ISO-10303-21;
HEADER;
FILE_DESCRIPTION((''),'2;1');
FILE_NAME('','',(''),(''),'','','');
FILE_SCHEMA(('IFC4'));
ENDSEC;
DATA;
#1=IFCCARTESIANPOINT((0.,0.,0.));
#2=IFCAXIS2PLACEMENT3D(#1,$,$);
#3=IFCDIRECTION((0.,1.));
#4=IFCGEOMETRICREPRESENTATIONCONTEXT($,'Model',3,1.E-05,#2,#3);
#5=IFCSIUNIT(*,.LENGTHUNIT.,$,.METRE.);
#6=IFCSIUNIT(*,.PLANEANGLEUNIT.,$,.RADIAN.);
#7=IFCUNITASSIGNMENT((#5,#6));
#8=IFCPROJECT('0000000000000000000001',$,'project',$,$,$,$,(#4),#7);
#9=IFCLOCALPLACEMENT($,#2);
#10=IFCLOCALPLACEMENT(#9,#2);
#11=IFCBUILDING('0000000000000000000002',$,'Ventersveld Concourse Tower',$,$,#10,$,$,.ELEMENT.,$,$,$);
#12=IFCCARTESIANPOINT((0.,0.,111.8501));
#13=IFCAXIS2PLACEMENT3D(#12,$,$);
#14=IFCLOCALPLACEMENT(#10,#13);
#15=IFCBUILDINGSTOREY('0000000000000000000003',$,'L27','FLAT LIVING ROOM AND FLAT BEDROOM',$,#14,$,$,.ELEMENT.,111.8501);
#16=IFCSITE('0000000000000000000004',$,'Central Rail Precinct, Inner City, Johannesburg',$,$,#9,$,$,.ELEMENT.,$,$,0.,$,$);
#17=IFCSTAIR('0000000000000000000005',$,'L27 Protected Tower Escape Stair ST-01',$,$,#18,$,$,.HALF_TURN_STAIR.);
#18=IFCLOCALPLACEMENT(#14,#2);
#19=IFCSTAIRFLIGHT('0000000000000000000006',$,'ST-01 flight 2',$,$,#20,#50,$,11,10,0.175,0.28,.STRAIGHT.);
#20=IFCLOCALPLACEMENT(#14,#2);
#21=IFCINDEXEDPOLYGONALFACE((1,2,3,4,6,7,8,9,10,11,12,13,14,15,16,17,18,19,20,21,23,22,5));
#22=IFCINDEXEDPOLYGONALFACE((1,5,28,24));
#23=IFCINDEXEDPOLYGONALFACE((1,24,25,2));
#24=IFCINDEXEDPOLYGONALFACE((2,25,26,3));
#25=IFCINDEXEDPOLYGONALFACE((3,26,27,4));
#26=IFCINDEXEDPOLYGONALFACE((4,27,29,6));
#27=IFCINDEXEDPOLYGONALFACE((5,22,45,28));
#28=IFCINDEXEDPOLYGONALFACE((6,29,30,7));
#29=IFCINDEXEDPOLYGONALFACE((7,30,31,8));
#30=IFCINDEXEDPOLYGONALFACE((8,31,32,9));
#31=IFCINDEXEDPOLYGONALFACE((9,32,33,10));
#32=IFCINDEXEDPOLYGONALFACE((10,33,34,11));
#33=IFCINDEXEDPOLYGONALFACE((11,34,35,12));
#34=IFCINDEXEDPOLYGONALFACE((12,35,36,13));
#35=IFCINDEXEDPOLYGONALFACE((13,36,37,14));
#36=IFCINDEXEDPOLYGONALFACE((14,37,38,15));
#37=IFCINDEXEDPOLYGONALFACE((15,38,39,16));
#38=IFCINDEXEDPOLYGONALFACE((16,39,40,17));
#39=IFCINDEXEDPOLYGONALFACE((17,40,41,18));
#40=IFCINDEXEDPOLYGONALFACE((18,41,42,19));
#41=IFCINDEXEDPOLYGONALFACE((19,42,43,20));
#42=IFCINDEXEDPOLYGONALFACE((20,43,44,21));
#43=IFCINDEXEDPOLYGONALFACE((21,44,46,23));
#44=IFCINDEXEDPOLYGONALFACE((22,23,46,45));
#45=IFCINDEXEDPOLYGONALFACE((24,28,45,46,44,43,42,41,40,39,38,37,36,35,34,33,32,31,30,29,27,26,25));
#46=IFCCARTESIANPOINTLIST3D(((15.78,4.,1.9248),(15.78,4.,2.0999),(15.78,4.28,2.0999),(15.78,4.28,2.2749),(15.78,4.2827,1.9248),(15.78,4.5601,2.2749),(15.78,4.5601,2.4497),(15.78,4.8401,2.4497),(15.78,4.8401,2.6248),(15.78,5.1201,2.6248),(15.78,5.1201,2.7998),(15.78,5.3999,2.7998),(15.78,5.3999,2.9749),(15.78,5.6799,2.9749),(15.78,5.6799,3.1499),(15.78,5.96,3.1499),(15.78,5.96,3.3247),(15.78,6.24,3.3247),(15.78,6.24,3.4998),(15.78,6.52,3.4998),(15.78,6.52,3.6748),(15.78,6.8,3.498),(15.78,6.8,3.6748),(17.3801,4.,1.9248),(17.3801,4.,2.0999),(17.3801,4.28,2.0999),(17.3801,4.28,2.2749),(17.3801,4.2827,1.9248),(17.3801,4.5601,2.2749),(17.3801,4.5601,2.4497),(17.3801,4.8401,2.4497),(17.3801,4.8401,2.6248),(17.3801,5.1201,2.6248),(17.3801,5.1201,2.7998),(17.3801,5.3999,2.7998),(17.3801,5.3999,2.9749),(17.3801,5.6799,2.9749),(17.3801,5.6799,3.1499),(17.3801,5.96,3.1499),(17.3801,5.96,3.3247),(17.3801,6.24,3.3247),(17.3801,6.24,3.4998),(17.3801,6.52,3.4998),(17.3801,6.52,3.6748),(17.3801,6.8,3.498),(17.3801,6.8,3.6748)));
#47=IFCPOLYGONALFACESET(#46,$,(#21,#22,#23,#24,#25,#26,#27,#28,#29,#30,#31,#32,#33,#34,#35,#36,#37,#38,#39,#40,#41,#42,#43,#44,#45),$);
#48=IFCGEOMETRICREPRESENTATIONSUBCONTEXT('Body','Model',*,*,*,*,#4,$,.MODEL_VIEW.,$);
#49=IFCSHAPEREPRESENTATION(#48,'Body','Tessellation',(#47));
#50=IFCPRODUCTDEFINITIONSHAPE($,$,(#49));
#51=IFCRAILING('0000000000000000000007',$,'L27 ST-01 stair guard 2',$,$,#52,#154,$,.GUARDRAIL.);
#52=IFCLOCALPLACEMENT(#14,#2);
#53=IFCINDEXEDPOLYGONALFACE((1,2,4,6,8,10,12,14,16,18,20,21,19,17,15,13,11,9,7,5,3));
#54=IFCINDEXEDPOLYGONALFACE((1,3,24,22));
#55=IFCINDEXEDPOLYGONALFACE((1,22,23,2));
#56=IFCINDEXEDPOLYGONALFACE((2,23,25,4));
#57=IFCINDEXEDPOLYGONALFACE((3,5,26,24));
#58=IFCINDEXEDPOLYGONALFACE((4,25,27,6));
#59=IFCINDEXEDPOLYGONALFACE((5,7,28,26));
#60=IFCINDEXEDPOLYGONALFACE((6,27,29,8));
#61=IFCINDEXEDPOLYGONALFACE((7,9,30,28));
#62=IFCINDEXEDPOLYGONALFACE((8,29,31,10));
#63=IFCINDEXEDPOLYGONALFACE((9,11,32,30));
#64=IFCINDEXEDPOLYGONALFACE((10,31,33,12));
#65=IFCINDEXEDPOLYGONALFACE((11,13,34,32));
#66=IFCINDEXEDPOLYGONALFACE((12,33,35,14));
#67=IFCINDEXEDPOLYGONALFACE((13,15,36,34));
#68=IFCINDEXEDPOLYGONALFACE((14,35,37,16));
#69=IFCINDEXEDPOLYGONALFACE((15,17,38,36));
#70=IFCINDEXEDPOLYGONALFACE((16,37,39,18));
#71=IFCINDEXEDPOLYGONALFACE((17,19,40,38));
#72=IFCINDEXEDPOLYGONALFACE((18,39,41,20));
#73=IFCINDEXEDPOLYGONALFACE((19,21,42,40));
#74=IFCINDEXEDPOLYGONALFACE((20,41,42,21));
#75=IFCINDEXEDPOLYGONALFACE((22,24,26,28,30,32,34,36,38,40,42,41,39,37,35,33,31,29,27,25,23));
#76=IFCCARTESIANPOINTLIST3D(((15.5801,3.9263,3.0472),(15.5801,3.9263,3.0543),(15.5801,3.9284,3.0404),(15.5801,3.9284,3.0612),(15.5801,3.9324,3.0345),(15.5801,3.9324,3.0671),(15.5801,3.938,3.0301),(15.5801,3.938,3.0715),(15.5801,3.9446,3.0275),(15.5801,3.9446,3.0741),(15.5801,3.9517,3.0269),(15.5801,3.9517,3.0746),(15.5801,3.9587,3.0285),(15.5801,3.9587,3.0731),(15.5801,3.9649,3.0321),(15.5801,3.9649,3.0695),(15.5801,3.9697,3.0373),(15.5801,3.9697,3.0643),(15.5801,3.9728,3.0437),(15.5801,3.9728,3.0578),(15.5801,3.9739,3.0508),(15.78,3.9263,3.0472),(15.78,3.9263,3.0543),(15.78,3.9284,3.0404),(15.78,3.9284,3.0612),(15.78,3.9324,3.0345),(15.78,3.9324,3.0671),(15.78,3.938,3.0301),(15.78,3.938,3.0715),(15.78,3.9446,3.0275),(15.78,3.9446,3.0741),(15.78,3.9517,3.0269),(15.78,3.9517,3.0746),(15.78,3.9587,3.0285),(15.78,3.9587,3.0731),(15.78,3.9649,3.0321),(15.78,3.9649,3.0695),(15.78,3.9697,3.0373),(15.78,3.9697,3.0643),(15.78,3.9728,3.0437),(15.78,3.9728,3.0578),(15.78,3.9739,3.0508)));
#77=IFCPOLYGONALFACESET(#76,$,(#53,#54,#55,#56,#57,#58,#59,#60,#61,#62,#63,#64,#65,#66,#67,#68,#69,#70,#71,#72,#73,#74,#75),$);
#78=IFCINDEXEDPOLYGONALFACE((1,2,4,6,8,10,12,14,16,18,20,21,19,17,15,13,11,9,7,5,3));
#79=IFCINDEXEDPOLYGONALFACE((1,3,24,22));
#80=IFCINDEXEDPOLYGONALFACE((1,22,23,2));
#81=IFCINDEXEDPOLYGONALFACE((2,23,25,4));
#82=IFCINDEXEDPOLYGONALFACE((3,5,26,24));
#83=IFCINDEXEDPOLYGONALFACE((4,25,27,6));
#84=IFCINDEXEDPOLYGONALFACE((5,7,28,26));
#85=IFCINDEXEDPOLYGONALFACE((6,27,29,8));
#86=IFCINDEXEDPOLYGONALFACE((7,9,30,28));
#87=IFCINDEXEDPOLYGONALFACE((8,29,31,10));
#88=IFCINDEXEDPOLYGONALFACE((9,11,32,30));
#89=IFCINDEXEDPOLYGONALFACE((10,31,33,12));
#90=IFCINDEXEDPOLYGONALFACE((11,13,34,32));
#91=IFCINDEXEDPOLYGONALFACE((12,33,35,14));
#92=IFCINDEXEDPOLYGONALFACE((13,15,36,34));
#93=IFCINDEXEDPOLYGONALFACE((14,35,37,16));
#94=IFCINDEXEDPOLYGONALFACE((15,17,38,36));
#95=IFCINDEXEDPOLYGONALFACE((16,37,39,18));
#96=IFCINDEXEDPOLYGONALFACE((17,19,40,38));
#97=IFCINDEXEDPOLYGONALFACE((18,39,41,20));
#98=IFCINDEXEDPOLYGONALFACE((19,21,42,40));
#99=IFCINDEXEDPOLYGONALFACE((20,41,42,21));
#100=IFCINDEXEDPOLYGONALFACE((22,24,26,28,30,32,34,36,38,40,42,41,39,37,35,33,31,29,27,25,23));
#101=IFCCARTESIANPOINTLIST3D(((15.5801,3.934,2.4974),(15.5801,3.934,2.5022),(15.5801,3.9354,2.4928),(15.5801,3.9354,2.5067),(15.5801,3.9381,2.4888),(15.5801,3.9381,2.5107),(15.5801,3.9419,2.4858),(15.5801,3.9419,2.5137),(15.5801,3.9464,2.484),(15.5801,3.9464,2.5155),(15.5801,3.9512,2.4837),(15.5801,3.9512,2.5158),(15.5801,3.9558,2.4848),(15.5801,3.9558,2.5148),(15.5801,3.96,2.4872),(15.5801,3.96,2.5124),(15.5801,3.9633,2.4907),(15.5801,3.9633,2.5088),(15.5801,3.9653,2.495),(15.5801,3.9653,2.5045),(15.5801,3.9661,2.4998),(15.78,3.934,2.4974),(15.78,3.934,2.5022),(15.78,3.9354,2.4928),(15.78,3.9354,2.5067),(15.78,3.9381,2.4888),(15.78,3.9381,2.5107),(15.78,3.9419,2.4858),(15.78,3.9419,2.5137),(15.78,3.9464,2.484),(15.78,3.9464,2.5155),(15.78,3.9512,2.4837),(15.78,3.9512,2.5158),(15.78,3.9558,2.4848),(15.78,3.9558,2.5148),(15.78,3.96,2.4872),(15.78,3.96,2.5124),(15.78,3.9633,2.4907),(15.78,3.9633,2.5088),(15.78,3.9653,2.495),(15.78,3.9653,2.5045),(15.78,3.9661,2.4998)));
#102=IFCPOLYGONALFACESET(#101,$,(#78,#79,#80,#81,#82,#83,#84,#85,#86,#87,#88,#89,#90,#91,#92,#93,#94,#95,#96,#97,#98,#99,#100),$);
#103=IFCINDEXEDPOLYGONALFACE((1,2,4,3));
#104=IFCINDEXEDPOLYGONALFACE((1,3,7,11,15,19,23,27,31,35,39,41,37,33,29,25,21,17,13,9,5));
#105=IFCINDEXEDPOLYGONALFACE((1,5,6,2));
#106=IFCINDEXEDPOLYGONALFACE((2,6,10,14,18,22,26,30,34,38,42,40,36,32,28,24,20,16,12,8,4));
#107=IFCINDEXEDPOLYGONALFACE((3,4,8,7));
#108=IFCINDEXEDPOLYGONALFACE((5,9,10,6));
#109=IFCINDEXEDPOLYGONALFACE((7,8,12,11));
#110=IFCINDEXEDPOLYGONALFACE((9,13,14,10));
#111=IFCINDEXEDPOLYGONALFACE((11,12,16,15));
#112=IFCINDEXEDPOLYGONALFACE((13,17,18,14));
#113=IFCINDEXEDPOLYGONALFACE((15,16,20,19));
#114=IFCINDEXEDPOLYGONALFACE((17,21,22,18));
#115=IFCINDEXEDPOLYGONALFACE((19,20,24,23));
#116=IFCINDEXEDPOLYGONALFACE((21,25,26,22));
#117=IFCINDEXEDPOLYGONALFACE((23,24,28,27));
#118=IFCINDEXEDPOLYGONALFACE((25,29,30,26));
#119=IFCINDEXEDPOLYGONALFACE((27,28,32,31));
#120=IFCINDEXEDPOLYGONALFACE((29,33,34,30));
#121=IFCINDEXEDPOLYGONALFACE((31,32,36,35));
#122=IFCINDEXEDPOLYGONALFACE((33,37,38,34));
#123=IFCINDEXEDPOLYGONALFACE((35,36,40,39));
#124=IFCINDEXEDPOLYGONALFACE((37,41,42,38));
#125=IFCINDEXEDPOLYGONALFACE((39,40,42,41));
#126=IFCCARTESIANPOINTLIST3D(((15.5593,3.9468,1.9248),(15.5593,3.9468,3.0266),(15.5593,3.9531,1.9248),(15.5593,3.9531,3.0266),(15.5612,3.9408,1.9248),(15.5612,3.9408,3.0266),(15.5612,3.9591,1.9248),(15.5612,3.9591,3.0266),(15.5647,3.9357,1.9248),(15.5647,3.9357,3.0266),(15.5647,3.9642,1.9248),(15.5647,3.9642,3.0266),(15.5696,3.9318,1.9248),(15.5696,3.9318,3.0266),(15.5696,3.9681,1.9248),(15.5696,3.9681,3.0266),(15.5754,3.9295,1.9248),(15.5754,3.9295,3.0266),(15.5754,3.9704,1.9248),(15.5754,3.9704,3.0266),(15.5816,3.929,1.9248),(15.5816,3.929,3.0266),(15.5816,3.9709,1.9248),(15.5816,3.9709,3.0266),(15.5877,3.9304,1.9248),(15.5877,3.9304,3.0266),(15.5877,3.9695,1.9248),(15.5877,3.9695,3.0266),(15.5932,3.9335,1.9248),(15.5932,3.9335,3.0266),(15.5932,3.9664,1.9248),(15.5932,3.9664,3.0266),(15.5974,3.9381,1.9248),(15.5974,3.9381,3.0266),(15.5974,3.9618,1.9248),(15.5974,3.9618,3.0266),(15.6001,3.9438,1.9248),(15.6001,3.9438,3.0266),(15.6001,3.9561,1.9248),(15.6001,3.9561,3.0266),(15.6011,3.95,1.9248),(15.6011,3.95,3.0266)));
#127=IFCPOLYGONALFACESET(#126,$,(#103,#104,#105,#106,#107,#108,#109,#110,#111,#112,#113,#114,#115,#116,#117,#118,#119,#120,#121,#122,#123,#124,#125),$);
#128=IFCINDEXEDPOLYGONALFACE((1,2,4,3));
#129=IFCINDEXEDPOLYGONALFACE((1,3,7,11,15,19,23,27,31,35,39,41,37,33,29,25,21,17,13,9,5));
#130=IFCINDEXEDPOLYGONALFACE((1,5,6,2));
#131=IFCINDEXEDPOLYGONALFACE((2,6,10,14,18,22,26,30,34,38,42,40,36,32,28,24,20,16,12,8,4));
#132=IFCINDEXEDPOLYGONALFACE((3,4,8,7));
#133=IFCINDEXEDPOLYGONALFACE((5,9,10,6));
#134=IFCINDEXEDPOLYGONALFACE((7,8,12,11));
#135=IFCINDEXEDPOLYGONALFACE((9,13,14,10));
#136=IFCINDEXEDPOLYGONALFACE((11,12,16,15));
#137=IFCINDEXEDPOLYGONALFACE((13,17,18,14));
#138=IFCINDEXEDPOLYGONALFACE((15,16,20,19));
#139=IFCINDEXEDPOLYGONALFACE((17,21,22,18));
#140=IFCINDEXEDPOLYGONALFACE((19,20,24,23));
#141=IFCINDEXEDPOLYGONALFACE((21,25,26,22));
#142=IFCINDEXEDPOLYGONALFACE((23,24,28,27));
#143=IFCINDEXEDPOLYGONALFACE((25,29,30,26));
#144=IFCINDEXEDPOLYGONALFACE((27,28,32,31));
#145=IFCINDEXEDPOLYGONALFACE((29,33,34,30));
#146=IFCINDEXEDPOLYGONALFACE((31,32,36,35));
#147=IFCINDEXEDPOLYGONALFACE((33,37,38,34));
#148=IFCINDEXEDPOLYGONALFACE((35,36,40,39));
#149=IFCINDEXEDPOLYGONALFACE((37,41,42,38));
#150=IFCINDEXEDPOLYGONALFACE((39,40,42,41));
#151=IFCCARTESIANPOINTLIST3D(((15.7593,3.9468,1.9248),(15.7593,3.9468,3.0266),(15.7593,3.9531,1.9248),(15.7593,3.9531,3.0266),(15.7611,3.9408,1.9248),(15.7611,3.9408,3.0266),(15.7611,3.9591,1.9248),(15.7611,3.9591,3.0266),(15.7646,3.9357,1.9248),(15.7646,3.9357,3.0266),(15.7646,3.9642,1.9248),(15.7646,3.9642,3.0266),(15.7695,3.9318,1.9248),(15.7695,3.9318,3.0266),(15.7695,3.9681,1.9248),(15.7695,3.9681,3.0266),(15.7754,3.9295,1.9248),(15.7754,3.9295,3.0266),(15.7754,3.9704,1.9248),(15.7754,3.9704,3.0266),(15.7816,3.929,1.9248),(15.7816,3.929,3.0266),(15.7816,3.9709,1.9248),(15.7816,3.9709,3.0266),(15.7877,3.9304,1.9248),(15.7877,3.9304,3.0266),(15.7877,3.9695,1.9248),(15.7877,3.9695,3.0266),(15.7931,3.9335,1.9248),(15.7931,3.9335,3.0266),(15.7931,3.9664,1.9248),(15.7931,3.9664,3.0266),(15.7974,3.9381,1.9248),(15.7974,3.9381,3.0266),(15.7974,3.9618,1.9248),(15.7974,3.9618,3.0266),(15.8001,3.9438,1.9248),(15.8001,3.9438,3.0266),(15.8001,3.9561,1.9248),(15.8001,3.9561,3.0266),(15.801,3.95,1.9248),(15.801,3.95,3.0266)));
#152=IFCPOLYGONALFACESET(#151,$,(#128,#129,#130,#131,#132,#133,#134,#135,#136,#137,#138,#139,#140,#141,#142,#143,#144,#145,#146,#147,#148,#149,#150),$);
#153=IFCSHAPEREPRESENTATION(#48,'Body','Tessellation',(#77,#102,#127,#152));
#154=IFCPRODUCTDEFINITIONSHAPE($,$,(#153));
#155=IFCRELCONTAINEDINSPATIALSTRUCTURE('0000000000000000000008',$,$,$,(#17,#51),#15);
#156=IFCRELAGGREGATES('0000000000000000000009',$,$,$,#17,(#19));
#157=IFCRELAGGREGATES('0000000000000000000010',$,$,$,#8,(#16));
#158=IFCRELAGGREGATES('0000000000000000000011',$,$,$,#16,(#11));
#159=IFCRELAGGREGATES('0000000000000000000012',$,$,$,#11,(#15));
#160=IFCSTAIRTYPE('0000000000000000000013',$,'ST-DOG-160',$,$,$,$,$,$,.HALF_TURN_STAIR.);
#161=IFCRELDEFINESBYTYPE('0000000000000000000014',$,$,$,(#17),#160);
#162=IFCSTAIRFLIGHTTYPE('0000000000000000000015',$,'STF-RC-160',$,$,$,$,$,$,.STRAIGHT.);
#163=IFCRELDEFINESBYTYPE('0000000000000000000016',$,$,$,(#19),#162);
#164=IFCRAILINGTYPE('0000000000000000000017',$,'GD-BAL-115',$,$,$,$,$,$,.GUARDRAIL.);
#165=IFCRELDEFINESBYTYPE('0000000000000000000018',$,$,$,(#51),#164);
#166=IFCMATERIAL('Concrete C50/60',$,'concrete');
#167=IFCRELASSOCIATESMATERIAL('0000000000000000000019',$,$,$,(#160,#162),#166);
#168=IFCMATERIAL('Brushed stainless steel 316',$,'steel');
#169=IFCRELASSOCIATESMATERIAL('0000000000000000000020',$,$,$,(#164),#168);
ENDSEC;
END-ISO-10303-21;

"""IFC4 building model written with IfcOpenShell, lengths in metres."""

from ifc_helpers import new_model, si_unit, direction, frame, origin, origin_2d, place, context, subcontext, project, spatial, polyline, circle, outline, extrude, material, type_object, element, aggregate, save


model = new_model("IFC4")

# Units and contexts
model_context = context("Model", 3, precision=1e-05, world=origin(), true_north=direction((0.0, 1.0)))
body_context = subcontext(model_context, "Body", "Model", "MODEL_VIEW")
ifc_project = project(units=[si_unit("LENGTHUNIT", "METRE"), si_unit("PLANEANGLEUNIT", "RADIAN")], contexts=[model_context])

# Site, building, storey
site_placement = place(None, origin())
site = spatial("IfcSite", under=ifc_project, at=site_placement, Name="Central Rail Precinct, Inner City, Johannesburg", CompositionType="ELEMENT", RefElevation=0.0)
building_placement = place(site_placement, origin())
building = spatial("IfcBuilding", under=site, at=building_placement, Name="Ventersveld Concourse Tower", CompositionType="ELEMENT")
storey_placement = place(building_placement, frame((0.0, 0.0, 111.8501)))
storey = spatial("IfcBuildingStorey", under=building, at=storey_placement, Name="L27", Description="FLAT LIVING ROOM AND FLAT BEDROOM", CompositionType="ELEMENT", Elevation=111.8501)

# Shared definitions
ifc_material_1 = material(Name="Concrete C50/60", Category="concrete")

# Shared definitions
ifc_material_2 = material(Name="Brushed stainless steel 316", Category="steel")

# Stair, stair flight
stair_type = type_object("IfcStairType", Name="ST-DOG-160", PredefinedType="HALF_TURN_STAIR", material=ifc_material_1)
stair_placement = place(storey_placement, origin())
stair = element("IfcStair", 1, at=stair_placement, inside=storey, type_object=stair_type, Name="L27 Protected Tower Escape Stair ST-01", PredefinedType="HALF_TURN_STAIR")
stair_flight_type = type_object("IfcStairFlightType", Name="STF-RC-160", PredefinedType="STRAIGHT", material=ifc_material_1)
stair_flight_placement = place(storey_placement, frame((16.5801, 4.0, 1.9248), z_axis=(0.0, 0.0, 1.0), x_axis=(0.0, 1.0, 0.0)))
stair_flight = element("IfcStairFlight", 2, at=stair_flight_placement, type_object=stair_flight_type, Name="ST-01 flight 2", NumberOfRisers=11, NumberOfTreads=10, PredefinedType="STRAIGHT", RiserHeight=0.175, TreadLength=0.28, context=body_context, shape_type="SweptSolid", body=[
    extrude(outline(polyline([(0.0, 0.0), (0.0, 0.175), (0.28, 0.175), (0.28, 0.3501), (0.5601, 0.3501), (0.5601, 0.5249), (0.8401, 0.5249), (0.8401, 0.7), (1.1201, 0.7), (1.1201, 0.875), (1.3999, 0.875), (1.3999, 1.05), (1.6799, 1.05), (1.6799, 1.2251), (1.96, 1.2251), (1.96, 1.3999), (2.24, 1.3999), (2.24, 1.575), (2.52, 1.575), (2.52, 1.75), (2.8, 1.75), (2.8, 1.925), (2.8, 1.5732), (0.2827, 0.0), (0.0, 0.0)])), frame((0.0, 0.8, 0.0), z_axis=(0.0, -1.0, 0.0), x_axis=(1.0, 0.0, 0.0)), (0.0, 0.0, 1.0), 1.6001),
])
aggregate(stair, [stair_flight])

# Railing
railing_type_1 = type_object("IfcRailingType", Name="GD-BAL-115", PredefinedType="GUARDRAIL", material=ifc_material_2)
railing_1_placement = place(storey_placement, frame((15.5801, 3.95, 1.9248)))
element("IfcRailing", 3, at=railing_1_placement, inside=storey, type_object=railing_type_1, Name="L27 ST-01 stair guard 2", PredefinedType="GUARDRAIL", context=body_context, shape_type="SweptSolid", body=[
    extrude(circle(Radius=0.0239, at=origin_2d()), frame((0.0, 0.0, 1.126), z_axis=(1.0, 0.0, 0.0), x_axis=(0.0, 1.0, 0.0)), (0.0, 0.0, 1.0), 0.2),
    extrude(circle(Radius=0.0161, at=origin_2d()), frame((0.0, 0.0, 0.575), z_axis=(1.0, 0.0, 0.0), x_axis=(0.0, 1.0, 0.0)), (0.0, 0.0, 1.0), 0.2),
    extrude(circle(Radius=0.021, at=origin_2d()), origin(), (0.0, 0.0, 1.0), 1.1018),
    extrude(circle(Radius=0.021, at=origin_2d()), frame((0.2, 0.0, 0.0)), (0.0, 0.0, 1.0), 1.1018),
])

save(model, "model.ifc")
